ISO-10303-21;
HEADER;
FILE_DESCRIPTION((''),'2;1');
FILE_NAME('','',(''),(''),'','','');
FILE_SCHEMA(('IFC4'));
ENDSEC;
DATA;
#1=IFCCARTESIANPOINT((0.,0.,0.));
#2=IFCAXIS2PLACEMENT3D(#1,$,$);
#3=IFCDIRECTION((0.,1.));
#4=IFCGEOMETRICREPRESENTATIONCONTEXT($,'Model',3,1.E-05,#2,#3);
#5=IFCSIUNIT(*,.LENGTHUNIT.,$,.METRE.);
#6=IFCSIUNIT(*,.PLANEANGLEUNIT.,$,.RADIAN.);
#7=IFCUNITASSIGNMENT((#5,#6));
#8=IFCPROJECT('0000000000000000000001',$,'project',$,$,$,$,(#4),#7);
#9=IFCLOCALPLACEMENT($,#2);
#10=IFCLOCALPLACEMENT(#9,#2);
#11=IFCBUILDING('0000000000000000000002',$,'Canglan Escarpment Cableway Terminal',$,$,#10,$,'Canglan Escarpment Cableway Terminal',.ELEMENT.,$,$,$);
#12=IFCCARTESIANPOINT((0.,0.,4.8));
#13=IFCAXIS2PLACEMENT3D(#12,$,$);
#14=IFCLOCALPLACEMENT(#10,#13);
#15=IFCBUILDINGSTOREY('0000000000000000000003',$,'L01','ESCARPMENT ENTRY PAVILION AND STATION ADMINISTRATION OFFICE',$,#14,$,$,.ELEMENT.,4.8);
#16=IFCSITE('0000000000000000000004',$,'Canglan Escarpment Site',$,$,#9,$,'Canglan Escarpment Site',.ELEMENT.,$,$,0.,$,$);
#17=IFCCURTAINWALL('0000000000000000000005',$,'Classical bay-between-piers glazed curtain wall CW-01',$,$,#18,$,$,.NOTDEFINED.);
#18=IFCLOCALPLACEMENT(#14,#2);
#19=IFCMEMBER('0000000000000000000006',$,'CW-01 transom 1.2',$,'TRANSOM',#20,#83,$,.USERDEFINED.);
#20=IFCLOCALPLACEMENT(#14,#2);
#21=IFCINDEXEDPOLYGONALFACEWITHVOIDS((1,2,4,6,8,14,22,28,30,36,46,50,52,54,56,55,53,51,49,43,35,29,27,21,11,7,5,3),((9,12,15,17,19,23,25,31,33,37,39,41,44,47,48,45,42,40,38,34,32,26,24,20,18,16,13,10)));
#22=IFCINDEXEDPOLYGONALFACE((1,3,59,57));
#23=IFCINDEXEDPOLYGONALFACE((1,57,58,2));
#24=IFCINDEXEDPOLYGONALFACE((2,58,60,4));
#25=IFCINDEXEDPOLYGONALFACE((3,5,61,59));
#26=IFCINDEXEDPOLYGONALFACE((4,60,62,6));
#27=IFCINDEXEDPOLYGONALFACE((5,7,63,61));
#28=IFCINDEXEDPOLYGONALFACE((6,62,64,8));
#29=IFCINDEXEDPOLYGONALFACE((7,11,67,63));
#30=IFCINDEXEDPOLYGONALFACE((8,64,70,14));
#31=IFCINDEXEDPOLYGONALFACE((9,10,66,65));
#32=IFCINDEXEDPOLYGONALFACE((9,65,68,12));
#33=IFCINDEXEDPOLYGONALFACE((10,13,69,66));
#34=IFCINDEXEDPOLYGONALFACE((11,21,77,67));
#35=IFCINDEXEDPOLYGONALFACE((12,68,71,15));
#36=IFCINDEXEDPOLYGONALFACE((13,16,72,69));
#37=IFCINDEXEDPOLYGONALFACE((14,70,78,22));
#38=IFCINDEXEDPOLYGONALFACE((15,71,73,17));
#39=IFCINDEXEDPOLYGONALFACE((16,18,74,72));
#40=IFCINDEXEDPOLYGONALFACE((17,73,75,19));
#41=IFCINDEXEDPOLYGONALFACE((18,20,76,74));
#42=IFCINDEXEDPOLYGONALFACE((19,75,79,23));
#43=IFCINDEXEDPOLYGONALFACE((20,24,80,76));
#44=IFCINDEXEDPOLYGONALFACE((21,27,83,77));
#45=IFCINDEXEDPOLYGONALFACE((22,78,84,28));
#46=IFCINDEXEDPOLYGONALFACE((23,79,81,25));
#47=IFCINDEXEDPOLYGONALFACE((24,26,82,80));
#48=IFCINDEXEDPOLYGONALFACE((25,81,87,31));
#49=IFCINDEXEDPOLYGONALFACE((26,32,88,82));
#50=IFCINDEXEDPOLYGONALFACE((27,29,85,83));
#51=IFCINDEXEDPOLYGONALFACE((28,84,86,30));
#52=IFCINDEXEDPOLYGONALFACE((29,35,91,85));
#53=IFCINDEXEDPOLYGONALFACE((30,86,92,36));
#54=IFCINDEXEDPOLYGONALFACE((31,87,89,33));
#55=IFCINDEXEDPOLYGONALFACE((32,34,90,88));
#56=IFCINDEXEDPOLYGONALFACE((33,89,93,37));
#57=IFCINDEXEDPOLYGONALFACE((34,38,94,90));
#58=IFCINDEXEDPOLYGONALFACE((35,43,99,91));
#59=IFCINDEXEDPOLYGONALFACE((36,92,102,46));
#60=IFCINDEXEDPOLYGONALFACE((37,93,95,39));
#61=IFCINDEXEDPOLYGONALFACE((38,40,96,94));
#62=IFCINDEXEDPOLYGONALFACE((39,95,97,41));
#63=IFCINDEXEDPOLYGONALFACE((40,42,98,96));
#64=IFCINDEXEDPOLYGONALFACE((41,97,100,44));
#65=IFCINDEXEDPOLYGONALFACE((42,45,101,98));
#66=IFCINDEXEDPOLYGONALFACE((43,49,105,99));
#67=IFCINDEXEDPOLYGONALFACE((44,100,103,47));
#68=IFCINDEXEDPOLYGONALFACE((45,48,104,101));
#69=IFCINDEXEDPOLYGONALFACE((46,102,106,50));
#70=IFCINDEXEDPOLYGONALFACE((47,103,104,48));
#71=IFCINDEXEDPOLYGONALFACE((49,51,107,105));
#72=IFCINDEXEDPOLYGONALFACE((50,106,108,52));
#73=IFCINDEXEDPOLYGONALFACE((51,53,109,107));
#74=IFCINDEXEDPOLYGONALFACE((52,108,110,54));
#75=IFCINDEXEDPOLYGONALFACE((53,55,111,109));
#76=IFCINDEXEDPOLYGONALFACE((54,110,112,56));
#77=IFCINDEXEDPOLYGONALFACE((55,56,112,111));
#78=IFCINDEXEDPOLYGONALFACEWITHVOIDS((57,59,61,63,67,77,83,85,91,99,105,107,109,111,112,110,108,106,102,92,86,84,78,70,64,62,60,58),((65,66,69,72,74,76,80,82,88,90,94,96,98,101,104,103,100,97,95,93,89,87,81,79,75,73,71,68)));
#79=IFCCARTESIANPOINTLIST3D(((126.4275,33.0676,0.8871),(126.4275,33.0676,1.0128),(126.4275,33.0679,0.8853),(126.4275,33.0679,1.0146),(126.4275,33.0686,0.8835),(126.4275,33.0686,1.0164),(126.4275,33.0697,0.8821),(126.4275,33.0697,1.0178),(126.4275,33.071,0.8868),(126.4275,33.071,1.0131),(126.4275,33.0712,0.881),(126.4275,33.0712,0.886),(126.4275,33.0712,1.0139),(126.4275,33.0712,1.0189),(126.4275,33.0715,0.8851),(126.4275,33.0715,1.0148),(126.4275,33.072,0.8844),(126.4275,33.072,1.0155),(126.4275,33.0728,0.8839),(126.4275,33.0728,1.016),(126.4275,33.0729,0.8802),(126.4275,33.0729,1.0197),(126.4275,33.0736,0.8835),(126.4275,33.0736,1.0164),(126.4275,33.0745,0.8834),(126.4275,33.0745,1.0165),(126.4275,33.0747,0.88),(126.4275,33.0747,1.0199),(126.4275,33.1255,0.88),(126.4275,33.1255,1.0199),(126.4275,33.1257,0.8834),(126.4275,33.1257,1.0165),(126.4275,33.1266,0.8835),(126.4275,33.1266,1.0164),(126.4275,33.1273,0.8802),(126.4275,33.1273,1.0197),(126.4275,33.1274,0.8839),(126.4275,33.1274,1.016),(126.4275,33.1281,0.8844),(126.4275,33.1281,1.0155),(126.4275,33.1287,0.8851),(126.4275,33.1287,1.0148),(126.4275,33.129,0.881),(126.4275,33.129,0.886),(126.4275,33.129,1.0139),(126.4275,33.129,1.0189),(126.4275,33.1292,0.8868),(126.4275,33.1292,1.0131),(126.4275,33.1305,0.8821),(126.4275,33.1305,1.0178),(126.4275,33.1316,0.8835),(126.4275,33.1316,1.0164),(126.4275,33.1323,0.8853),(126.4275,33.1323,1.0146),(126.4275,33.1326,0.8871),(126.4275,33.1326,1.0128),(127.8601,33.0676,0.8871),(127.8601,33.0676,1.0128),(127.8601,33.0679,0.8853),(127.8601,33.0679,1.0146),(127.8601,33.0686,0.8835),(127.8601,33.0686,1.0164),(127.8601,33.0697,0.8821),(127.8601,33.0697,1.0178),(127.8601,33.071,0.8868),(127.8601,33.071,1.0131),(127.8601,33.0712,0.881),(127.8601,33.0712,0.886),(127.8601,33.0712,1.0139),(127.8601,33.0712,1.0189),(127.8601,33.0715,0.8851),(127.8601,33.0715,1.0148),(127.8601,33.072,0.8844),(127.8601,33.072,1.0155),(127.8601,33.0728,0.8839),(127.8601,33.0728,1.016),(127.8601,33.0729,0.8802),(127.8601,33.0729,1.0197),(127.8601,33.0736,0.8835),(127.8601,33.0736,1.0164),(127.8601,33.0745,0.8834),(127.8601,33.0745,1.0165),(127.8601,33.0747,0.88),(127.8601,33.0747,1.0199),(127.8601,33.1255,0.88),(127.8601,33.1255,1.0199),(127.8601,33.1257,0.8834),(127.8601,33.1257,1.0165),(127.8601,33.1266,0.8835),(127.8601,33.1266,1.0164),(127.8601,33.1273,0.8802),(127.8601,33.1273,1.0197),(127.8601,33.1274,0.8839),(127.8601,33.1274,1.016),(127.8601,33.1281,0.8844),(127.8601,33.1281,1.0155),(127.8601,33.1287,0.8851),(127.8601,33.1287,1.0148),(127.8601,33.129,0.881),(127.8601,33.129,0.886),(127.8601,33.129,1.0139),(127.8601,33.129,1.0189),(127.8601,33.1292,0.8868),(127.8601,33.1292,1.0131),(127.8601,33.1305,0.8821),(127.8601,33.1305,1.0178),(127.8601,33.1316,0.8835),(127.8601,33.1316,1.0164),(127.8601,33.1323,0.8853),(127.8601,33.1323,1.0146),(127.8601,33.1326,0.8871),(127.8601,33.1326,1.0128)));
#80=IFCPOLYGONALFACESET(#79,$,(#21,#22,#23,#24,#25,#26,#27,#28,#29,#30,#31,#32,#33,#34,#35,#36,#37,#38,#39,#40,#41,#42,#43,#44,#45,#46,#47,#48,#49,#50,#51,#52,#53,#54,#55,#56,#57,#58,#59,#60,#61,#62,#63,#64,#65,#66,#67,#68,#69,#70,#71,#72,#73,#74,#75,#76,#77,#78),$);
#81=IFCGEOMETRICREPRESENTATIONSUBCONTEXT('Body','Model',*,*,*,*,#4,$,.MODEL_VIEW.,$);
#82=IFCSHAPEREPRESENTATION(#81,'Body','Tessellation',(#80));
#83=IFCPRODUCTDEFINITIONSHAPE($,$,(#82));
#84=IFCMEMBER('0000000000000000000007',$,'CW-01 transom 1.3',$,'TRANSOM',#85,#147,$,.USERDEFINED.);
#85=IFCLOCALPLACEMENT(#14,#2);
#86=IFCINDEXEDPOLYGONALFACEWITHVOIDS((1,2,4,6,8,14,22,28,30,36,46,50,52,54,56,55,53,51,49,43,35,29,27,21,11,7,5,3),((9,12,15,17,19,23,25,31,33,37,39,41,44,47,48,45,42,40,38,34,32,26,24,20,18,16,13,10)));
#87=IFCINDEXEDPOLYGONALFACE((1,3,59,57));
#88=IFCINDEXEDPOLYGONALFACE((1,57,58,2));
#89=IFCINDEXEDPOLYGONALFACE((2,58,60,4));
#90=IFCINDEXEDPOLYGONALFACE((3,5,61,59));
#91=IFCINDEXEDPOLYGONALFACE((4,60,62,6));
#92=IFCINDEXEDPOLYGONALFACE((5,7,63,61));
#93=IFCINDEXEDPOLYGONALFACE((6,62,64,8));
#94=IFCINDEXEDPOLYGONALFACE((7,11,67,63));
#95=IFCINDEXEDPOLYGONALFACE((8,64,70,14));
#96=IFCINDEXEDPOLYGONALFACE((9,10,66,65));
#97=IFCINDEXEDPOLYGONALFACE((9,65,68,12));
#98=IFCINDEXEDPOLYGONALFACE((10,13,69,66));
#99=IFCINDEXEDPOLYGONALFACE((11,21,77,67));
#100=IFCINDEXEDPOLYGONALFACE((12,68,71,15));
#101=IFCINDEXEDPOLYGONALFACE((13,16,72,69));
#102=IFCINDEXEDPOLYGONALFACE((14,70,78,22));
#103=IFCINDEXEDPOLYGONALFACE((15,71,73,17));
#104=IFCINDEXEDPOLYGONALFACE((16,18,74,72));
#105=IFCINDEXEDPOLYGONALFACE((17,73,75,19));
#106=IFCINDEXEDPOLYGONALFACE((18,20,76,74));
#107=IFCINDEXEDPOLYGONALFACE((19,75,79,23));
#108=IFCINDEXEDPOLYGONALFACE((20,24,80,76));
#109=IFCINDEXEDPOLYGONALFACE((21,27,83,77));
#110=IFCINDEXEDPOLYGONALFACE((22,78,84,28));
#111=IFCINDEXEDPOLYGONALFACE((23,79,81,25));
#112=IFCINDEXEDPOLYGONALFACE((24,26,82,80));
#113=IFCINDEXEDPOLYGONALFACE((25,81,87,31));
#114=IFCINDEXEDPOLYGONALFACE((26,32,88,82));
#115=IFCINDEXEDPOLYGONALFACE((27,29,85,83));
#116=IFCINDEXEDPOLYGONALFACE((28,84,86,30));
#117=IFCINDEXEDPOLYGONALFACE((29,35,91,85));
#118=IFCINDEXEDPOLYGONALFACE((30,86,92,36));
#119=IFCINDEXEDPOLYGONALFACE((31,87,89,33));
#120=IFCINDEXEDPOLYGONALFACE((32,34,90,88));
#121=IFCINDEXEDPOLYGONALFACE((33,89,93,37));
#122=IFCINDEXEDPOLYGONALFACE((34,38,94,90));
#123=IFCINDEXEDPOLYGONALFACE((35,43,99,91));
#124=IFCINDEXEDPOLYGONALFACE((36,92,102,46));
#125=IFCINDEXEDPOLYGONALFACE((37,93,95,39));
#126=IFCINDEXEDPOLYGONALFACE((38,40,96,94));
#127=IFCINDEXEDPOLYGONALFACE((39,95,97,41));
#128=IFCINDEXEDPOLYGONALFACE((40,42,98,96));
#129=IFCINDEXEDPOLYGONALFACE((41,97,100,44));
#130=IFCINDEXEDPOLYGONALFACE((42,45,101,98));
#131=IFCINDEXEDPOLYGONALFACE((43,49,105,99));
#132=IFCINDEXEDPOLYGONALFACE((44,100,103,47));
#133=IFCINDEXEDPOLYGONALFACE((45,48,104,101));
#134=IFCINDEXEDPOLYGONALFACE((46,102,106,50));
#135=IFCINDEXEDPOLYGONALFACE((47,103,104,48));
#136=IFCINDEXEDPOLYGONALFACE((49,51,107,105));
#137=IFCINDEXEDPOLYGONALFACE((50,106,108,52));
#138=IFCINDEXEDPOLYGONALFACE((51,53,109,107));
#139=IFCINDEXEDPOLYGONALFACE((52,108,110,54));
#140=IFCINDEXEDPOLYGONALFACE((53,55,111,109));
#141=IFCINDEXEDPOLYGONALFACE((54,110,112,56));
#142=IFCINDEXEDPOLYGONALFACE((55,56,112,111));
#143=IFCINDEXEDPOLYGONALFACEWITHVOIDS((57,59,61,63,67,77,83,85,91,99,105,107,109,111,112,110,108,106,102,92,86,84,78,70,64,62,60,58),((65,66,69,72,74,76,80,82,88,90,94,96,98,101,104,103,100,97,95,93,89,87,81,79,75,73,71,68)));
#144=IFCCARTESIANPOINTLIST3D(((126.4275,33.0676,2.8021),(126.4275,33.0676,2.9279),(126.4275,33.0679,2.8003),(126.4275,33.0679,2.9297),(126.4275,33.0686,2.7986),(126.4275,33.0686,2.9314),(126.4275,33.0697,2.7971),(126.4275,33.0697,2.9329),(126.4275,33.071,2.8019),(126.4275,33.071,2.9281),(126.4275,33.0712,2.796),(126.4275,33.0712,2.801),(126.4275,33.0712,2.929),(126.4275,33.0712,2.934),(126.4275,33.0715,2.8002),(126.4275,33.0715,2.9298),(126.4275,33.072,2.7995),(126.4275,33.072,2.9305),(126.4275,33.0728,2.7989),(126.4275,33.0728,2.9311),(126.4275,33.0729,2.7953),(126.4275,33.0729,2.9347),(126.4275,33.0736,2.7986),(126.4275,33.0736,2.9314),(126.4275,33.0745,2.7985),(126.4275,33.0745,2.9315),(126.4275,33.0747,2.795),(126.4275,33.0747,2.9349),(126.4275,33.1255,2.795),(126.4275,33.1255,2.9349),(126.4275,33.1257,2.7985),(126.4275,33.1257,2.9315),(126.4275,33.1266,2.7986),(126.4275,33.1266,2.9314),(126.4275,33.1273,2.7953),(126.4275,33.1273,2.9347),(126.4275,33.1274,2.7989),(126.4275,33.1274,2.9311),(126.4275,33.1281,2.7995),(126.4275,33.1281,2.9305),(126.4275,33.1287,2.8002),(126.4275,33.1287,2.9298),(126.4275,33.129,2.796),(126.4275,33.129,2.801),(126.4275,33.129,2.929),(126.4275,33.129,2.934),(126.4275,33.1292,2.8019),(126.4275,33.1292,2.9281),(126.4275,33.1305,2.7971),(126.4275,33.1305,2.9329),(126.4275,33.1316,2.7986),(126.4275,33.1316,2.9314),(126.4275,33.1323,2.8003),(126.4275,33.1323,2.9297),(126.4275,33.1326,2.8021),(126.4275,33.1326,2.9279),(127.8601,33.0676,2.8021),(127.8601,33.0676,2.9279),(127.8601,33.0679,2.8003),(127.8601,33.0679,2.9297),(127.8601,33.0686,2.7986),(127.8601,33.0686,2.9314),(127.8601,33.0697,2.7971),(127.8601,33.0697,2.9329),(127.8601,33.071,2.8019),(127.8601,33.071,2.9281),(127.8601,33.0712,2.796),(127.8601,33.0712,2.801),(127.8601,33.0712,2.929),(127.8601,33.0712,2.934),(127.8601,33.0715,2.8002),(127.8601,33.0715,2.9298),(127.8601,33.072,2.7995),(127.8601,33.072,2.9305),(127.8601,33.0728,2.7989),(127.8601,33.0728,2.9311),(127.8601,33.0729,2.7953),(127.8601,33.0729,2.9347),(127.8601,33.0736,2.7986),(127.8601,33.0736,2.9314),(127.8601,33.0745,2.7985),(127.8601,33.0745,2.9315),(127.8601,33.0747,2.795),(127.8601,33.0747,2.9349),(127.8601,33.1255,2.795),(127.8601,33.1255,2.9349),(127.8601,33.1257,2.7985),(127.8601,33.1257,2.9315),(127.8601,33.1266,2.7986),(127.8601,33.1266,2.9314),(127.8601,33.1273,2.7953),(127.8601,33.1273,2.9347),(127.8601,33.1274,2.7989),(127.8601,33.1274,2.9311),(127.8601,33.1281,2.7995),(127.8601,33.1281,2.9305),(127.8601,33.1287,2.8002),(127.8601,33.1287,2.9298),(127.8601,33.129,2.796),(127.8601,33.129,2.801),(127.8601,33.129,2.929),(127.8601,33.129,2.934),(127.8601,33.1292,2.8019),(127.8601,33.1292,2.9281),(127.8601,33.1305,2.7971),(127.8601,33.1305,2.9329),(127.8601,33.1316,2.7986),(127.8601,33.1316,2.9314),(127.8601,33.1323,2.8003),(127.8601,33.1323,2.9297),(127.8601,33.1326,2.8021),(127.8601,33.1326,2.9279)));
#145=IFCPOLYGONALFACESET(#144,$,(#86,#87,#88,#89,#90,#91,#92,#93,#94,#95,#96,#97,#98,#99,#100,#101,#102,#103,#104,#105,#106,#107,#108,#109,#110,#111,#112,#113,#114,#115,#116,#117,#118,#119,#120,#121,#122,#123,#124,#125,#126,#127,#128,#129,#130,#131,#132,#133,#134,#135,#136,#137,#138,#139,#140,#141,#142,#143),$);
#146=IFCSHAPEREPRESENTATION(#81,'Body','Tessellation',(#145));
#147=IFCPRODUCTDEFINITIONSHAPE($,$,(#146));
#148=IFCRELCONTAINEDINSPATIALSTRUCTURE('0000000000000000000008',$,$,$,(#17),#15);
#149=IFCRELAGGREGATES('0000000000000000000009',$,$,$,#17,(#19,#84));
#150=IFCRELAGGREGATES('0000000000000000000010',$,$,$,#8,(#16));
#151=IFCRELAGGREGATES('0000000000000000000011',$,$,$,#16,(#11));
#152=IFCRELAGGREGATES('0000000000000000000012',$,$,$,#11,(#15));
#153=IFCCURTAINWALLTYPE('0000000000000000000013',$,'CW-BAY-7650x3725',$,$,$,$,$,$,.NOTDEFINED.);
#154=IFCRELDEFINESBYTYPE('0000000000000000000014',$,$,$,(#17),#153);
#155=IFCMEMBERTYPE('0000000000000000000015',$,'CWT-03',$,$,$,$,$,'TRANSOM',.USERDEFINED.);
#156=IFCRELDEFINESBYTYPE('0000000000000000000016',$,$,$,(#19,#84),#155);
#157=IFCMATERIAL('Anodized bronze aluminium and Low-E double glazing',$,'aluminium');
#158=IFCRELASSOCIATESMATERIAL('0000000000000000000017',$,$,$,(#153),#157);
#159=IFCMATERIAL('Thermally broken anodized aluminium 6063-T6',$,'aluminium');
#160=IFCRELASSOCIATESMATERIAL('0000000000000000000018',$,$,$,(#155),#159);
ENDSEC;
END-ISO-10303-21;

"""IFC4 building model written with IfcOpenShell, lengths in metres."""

from ifc_helpers import new_model, si_unit, direction, frame, origin, origin_2d, place, context, subcontext, project, spatial, hollow_rectangle, extrude, material, material_profile, profile_set, type_object, element, aggregate, save


model = new_model("IFC4")

# Units and contexts
model_context = context("Model", 3, precision=1e-05, world=origin(), true_north=direction((0.0, 1.0)))
body_context = subcontext(model_context, "Body", "Model", "MODEL_VIEW")
ifc_project = project(units=[si_unit("LENGTHUNIT", "METRE"), si_unit("PLANEANGLEUNIT", "RADIAN")], contexts=[model_context])

# Site, building, storey
site_placement = place(None, origin())
site = spatial("IfcSite", under=ifc_project, at=site_placement, Name="Canglan Escarpment Site", LongName="Canglan Escarpment Site", CompositionType="ELEMENT", RefElevation=0.0)
building_placement = place(site_placement, origin())
building = spatial("IfcBuilding", under=site, at=building_placement, Name="Canglan Escarpment Cableway Terminal", LongName="Canglan Escarpment Cableway Terminal", CompositionType="ELEMENT")
storey_placement = place(building_placement, frame((0.0, 0.0, 4.8)))
storey = spatial("IfcBuildingStorey", under=building, at=storey_placement, Name="L01", Description="ESCARPMENT ENTRY PAVILION AND STATION ADMINISTRATION OFFICE", CompositionType="ELEMENT", Elevation=4.8)

# Curtain wall, members
ifc_material_1 = material(Name="Anodized bronze aluminium and Low-E double glazing", Category="aluminium")
curtain_wall_type = type_object("IfcCurtainWallType", Name="CW-BAY-7650x3725", PredefinedType="NOTDEFINED", material=ifc_material_1)
curtain_wall_placement = place(storey_placement, origin())
curtain_wall = element("IfcCurtainWall", 1, at=curtain_wall_placement, inside=storey, type_object=curtain_wall_type, Name="Classical bay-between-piers glazed curtain wall CW-01", PredefinedType="NOTDEFINED")
ifc_material_2 = material(Name="Thermally broken anodized aluminium 6063-T6", Category="aluminium")
ifc_material_profile_1 = material_profile(ifc_material_2, hollow_rectangle(XDim=0.0649, YDim=0.1399, WallThickness=0.0034, InnerFilletRadius=0.0034, OuterFilletRadius=0.0071, at=origin_2d()), Name="ALU-TRAN 65x140x3.5")
ifc_profile_set_1 = profile_set([ifc_material_profile_1], Name="Thermally broken anodized aluminium 6063-T6")
member_type_1 = type_object("IfcMemberType", Name="CWT-03", ElementType="TRANSOM", PredefinedType="USERDEFINED", material=ifc_profile_set_1)
member_1_placement = place(storey_placement, frame((127.8601, 33.1001, 0.95), z_axis=(-1.0, 0.0, 0.0), x_axis=(0.0, -1.0, 0.0)))
member_1 = element("IfcMember", 2, at=member_1_placement, type_object=member_type_1, Name="CW-01 transom 1.2", ObjectType="TRANSOM", PredefinedType="USERDEFINED", context=body_context, shape_type="SweptSolid", body=[
    extrude(hollow_rectangle(XDim=0.0649, YDim=0.1399, WallThickness=0.0034, InnerFilletRadius=0.0034, OuterFilletRadius=0.0071, at=origin_2d()), origin(), (0.0, 0.0, 1.0), 1.4326),
])
member_2_placement = place(storey_placement, frame((127.8601, 33.1001, 2.865), z_axis=(-1.0, 0.0, 0.0), x_axis=(0.0, -1.0, 0.0)))
member_2 = element("IfcMember", 3, at=member_2_placement, type_object=member_type_1, Name="CW-01 transom 1.3", ObjectType="TRANSOM", PredefinedType="USERDEFINED", context=body_context, shape_type="SweptSolid", body=[
    extrude(hollow_rectangle(XDim=0.0649, YDim=0.1399, WallThickness=0.0034, InnerFilletRadius=0.0034, OuterFilletRadius=0.0071, at=origin_2d()), origin(), (0.0, 0.0, 1.0), 1.4326),
])

aggregate(curtain_wall, [member_1, member_2])

save(model, "model.ifc")
